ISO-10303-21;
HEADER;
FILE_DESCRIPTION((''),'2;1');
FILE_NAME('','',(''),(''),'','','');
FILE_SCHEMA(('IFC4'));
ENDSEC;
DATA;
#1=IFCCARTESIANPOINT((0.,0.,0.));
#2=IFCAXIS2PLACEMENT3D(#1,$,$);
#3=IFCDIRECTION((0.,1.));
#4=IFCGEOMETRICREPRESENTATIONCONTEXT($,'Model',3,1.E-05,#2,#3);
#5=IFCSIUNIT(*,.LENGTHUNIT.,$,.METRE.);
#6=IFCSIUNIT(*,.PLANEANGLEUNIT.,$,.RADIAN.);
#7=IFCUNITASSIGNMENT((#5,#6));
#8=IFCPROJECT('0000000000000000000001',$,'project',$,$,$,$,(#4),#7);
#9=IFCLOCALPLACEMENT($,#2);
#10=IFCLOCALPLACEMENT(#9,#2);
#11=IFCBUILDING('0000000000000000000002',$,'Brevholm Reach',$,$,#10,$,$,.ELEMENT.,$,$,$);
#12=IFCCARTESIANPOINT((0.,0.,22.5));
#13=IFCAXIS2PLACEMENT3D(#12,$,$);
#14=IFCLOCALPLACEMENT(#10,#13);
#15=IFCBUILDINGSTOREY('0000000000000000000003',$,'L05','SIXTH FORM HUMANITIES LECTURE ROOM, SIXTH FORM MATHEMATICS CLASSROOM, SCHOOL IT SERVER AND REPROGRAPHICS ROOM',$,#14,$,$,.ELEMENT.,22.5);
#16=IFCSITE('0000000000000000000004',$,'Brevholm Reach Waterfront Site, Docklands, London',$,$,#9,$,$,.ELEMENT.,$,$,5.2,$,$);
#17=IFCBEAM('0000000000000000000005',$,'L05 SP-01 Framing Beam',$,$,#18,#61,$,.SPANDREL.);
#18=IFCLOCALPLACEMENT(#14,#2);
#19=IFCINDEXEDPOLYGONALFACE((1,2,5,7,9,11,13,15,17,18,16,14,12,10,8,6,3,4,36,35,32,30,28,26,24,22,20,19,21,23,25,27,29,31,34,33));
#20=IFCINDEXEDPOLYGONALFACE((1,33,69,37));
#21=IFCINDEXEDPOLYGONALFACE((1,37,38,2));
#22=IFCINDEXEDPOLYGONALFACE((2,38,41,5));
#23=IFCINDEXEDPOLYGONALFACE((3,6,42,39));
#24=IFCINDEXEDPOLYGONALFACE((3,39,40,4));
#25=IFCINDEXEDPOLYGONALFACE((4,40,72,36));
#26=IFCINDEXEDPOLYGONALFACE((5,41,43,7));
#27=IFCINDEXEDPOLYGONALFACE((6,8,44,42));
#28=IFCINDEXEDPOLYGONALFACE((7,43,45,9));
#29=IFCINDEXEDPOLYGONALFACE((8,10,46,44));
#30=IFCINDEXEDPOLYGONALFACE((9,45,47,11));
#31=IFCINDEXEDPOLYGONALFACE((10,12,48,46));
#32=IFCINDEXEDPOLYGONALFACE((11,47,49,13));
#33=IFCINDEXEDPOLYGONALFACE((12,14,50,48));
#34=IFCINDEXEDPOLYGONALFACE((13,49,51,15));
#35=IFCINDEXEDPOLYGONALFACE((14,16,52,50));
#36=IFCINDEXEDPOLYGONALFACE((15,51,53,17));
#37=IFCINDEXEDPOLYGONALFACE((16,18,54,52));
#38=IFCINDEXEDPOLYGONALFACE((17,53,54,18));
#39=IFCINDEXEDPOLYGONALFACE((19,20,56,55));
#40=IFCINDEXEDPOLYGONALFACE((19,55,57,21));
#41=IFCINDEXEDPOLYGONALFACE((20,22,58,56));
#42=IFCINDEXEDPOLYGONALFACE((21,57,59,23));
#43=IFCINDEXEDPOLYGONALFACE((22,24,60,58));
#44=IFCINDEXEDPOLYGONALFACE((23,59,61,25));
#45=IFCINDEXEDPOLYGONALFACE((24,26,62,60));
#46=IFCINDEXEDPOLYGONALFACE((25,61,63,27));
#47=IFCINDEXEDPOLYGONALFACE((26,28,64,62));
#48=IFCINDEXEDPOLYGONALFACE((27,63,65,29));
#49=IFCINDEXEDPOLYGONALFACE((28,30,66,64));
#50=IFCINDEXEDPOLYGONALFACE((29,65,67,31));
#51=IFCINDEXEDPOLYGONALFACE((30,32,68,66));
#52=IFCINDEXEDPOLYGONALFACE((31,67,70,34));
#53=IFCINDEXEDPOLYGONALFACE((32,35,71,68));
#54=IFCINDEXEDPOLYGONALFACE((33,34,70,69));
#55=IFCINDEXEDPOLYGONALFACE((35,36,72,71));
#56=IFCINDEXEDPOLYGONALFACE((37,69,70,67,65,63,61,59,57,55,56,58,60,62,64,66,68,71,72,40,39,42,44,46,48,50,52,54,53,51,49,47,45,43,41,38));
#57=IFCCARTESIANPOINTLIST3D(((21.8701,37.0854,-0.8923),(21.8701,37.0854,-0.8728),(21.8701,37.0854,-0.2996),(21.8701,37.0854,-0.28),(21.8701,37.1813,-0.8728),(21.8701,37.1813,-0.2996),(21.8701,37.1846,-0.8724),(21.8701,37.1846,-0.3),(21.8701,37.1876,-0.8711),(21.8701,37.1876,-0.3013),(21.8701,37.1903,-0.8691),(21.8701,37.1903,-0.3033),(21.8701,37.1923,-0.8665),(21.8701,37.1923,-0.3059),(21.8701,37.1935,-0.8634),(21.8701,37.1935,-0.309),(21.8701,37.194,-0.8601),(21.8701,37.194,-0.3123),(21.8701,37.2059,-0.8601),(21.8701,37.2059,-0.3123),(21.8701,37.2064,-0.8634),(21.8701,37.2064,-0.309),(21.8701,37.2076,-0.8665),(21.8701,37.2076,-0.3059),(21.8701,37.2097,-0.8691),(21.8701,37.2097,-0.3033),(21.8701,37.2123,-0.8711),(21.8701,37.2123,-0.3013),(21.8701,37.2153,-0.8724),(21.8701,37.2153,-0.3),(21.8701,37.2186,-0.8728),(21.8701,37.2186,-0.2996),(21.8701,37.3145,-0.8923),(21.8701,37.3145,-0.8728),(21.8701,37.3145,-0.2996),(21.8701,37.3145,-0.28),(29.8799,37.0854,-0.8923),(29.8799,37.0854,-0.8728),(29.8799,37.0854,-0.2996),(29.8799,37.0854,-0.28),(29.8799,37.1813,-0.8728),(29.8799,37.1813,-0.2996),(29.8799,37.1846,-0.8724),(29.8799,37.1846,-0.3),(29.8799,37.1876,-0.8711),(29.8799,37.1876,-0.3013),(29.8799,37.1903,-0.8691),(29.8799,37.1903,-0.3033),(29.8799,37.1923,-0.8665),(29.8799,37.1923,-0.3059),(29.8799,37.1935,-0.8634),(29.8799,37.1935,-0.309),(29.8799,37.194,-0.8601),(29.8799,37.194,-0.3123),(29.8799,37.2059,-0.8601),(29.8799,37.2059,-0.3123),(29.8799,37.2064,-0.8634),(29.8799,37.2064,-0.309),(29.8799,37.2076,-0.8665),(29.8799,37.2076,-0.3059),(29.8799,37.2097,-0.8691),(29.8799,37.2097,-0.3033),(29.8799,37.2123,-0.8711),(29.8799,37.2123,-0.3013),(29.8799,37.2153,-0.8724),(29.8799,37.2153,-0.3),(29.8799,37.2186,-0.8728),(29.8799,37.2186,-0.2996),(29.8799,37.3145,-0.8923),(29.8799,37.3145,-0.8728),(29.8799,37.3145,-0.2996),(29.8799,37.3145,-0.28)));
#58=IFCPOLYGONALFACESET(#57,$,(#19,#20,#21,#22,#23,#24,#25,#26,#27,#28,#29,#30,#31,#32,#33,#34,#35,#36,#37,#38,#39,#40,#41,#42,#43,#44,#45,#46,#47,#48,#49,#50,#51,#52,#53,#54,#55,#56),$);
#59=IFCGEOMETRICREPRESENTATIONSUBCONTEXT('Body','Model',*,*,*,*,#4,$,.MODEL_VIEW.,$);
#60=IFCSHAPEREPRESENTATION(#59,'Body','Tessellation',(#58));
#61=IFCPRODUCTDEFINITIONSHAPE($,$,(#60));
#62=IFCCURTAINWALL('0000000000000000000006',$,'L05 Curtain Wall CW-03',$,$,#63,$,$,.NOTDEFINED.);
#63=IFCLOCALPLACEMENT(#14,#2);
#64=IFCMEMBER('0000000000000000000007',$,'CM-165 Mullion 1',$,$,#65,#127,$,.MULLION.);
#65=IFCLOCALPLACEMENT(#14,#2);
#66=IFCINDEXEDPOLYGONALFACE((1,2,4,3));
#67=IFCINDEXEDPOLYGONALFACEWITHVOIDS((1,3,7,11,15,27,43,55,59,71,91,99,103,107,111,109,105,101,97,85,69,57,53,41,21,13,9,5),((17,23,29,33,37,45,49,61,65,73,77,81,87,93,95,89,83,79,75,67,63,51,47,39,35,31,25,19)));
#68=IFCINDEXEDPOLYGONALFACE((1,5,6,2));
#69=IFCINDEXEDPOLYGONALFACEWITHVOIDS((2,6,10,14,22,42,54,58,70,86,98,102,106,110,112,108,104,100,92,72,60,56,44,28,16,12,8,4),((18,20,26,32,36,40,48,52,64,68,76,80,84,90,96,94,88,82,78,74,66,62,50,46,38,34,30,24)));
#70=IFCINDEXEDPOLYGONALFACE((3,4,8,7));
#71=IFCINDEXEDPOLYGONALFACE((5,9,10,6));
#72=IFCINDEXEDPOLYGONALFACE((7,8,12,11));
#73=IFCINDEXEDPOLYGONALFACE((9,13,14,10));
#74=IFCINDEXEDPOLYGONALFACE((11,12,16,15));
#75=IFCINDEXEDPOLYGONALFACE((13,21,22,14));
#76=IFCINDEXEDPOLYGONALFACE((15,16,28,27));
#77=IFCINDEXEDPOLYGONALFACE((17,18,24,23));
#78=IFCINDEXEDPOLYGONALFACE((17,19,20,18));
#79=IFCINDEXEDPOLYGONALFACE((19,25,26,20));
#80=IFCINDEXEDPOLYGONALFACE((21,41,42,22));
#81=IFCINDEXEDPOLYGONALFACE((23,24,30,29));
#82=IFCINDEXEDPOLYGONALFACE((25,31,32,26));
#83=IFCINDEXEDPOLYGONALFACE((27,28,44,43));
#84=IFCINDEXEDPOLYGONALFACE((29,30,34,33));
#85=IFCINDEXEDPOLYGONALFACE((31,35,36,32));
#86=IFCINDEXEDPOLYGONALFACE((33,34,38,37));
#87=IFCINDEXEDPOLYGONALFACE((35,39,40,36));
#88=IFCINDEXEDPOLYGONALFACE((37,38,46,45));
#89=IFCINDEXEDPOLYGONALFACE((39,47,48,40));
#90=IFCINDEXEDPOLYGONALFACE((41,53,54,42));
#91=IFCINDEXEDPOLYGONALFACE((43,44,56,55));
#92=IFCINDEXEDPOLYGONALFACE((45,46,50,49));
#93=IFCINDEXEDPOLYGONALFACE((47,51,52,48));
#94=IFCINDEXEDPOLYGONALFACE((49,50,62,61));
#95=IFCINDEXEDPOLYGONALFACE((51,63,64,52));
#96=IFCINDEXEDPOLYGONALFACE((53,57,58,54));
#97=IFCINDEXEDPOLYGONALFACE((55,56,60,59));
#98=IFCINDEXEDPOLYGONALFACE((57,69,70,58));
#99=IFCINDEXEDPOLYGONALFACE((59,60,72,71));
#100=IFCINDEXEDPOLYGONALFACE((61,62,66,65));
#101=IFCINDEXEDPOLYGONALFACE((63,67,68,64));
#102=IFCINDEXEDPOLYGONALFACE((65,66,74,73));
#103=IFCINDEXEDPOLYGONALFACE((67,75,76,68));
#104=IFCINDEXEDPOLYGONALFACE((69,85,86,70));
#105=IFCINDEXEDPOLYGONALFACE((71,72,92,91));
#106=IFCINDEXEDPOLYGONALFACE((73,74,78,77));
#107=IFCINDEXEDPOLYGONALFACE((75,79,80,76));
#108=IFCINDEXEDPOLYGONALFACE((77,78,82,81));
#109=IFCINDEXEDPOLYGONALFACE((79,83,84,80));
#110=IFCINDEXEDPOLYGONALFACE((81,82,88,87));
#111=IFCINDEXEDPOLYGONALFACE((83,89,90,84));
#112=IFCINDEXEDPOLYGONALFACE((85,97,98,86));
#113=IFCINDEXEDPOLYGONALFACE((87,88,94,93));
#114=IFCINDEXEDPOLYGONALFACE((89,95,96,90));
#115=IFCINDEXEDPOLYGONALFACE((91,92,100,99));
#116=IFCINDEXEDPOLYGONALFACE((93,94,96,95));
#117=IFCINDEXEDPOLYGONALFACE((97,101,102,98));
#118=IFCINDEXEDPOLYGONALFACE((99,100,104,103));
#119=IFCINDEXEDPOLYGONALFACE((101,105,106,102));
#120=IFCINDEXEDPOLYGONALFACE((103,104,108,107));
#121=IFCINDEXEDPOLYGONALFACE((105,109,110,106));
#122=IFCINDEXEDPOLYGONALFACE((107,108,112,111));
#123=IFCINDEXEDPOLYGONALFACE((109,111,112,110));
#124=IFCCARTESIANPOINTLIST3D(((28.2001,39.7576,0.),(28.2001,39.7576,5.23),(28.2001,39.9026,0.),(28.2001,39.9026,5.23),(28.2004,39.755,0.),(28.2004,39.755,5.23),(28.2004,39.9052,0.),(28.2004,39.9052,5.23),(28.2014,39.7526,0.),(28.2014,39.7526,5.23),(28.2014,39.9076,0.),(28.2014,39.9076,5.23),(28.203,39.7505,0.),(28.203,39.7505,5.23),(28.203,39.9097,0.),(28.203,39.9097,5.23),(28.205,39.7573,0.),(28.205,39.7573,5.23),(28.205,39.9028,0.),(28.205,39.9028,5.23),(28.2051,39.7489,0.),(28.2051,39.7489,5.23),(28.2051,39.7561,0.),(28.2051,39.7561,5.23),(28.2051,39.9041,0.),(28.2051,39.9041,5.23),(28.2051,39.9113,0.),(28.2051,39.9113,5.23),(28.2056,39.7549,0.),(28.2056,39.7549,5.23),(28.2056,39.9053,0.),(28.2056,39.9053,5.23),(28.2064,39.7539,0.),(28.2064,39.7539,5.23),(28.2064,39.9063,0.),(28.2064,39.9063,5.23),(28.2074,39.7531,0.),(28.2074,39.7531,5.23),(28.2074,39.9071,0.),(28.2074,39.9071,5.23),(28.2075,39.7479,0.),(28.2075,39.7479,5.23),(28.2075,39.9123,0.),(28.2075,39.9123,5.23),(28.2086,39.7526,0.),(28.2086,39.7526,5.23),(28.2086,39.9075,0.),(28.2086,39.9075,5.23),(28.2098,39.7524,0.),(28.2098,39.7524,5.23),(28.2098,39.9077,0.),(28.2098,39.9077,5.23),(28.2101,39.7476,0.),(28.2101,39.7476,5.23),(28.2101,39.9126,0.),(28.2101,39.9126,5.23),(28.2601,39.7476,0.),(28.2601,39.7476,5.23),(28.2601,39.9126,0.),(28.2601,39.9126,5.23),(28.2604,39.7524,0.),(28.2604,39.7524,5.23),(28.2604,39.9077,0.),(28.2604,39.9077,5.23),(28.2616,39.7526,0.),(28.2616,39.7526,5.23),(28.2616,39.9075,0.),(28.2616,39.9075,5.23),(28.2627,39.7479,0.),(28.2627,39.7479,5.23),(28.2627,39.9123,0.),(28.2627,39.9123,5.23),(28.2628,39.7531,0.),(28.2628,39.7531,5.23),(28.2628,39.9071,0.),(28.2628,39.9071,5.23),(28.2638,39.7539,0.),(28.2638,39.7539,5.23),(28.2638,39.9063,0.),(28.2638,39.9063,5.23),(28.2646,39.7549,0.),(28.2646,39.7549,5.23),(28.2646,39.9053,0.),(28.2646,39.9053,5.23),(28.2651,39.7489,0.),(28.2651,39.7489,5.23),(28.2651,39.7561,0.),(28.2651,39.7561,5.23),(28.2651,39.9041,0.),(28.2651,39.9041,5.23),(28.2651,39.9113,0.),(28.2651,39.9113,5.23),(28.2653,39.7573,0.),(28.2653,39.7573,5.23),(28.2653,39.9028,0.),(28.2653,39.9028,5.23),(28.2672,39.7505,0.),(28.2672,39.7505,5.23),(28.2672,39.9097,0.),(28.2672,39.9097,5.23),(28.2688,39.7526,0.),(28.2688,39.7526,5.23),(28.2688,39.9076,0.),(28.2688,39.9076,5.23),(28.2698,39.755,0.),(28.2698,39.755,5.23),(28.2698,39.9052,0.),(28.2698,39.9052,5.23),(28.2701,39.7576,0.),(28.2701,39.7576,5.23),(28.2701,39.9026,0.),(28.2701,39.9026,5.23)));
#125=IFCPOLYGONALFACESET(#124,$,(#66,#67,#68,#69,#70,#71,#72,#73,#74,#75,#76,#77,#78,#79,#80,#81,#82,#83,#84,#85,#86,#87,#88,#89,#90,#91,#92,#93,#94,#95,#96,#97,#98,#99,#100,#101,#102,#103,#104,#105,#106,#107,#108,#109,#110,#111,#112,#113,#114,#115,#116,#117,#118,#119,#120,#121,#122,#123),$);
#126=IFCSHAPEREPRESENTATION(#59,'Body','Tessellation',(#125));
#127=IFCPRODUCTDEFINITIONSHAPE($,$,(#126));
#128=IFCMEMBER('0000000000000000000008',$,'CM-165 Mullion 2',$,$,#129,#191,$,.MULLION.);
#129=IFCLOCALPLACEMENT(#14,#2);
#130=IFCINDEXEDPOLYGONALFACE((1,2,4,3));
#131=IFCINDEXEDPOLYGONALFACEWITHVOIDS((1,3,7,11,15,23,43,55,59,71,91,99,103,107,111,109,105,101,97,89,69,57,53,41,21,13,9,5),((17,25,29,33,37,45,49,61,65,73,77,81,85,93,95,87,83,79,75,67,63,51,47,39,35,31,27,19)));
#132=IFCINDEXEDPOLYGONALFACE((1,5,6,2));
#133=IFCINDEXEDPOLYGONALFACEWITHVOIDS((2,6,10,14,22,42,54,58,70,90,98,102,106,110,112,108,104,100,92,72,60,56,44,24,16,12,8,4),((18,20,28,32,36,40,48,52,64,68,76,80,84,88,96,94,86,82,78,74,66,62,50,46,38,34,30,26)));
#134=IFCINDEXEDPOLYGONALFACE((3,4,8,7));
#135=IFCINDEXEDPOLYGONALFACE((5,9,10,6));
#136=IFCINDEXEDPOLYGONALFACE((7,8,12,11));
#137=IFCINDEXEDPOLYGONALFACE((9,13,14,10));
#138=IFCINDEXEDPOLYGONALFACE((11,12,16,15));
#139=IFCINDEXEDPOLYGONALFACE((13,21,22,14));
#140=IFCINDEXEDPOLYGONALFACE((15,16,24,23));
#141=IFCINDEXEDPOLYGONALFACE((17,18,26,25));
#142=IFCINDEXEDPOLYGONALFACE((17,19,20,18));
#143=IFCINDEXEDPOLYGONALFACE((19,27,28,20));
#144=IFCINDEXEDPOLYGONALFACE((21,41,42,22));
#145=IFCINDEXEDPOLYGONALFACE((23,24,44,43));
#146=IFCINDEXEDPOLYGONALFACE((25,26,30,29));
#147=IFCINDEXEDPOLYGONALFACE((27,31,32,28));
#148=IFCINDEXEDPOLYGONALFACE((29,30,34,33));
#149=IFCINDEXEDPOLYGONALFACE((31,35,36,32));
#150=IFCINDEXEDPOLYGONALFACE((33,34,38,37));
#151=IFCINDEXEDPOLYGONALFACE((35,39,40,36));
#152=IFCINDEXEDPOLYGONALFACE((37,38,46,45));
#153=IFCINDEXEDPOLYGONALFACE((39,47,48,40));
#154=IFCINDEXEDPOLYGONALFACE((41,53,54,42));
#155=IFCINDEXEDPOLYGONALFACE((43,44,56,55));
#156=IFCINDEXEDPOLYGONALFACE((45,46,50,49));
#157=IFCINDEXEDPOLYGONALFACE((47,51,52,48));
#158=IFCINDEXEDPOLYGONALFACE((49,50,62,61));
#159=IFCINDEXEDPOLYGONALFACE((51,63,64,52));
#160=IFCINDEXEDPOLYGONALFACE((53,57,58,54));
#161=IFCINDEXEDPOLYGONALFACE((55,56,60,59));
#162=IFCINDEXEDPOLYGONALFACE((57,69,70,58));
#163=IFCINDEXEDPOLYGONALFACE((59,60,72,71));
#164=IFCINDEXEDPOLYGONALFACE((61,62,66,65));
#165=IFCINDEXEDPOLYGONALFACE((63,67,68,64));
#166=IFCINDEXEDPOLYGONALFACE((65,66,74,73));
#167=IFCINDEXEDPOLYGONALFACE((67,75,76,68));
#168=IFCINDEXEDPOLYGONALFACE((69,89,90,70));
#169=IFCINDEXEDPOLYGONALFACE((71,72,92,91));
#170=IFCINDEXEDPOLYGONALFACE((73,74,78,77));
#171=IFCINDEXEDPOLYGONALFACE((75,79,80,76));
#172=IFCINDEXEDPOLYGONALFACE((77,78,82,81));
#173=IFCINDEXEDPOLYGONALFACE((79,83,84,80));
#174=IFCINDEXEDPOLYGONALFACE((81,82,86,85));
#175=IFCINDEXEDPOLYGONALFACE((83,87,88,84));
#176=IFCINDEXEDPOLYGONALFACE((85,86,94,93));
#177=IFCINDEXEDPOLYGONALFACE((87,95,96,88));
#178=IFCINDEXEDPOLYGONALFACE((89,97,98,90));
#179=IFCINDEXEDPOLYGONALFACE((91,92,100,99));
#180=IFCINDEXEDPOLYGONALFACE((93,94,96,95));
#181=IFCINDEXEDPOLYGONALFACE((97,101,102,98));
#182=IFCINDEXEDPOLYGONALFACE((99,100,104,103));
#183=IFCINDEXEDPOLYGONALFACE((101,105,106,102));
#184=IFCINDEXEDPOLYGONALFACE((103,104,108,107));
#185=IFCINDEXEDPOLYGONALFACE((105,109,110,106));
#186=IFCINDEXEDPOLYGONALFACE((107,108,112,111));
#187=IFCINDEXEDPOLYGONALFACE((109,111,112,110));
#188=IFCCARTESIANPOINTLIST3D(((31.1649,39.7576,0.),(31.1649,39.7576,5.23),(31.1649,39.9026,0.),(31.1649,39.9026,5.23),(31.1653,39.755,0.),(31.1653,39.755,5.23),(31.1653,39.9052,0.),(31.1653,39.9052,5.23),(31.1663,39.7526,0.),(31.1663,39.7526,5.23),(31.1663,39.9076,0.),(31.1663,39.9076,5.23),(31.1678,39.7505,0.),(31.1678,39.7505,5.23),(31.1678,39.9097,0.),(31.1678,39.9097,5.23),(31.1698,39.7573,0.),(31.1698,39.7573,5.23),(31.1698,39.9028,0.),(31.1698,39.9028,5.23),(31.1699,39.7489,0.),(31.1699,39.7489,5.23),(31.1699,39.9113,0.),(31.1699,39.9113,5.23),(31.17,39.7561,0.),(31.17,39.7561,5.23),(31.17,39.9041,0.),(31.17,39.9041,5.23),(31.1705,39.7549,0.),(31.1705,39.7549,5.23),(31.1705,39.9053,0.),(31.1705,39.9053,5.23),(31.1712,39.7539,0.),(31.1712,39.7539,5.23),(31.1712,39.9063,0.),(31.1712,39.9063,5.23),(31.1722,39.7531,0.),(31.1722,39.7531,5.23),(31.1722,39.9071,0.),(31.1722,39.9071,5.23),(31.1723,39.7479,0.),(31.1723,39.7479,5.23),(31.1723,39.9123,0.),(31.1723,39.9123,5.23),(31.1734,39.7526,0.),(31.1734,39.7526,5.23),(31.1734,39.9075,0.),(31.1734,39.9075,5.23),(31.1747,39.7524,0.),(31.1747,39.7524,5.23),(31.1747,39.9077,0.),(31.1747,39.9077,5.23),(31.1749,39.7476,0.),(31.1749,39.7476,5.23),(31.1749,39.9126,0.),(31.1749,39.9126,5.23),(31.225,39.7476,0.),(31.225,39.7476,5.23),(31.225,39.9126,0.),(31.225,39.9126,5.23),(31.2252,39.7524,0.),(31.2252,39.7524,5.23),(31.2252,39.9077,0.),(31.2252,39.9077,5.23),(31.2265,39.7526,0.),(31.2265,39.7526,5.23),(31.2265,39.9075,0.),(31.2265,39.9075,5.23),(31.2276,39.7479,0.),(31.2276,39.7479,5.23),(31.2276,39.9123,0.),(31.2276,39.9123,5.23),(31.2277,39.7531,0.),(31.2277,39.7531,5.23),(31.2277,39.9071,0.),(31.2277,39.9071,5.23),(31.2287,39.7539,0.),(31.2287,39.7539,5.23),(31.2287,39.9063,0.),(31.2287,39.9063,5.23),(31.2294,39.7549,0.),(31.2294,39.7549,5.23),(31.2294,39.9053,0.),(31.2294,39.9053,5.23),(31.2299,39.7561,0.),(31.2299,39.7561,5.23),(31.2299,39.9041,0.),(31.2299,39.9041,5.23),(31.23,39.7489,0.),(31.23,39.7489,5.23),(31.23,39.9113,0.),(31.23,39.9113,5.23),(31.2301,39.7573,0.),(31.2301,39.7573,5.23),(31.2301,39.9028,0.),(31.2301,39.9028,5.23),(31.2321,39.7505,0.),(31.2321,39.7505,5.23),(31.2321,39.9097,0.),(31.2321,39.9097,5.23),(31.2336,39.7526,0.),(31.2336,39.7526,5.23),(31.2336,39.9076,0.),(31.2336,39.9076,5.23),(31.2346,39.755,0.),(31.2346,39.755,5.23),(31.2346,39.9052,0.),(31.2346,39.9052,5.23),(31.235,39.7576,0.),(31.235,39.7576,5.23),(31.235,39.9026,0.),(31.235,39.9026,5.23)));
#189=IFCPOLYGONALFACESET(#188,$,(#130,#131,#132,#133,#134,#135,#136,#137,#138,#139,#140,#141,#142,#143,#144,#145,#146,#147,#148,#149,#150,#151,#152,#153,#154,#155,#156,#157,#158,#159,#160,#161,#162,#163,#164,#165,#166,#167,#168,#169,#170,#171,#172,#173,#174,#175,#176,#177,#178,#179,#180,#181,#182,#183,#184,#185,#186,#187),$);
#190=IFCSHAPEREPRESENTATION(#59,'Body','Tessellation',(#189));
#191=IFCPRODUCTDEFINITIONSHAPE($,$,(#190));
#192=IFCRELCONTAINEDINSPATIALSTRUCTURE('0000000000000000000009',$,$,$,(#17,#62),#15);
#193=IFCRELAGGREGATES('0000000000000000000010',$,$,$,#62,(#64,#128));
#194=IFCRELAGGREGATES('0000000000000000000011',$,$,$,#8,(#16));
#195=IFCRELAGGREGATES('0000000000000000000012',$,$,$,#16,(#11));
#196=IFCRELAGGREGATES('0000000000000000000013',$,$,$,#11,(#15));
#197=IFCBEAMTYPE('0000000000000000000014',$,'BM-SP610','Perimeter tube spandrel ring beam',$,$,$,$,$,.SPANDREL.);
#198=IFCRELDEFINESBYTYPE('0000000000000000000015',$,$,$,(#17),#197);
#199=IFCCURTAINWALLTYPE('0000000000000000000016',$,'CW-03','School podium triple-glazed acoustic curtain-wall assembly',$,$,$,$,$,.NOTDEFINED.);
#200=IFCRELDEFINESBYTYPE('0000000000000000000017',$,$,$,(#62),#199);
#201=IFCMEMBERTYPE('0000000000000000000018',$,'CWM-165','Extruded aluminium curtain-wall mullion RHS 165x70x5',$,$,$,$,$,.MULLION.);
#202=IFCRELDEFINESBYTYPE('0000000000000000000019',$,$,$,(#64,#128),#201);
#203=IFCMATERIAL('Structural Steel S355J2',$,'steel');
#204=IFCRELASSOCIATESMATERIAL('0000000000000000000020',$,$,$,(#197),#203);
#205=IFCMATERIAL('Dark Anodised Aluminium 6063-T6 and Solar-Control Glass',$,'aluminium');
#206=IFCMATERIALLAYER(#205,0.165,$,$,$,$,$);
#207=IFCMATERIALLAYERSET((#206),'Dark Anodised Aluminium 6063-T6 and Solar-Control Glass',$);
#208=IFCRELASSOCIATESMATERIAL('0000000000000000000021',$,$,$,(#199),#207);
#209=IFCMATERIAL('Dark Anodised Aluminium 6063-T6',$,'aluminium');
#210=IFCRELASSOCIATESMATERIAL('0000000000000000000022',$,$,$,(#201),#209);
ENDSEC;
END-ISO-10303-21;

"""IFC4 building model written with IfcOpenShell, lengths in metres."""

from ifc_helpers import new_model, si_unit, direction, frame, origin, origin_2d, place, context, subcontext, project, spatial, hollow_rectangle, i_section, extrude, material, layer, layer_set, material_profile, profile_set, type_object, element, aggregate, save


model = new_model("IFC4")

# Units and contexts
model_context = context("Model", 3, precision=1e-05, world=origin(), true_north=direction((0.0, 1.0)))
body_context = subcontext(model_context, "Body", "Model", "MODEL_VIEW")
ifc_project = project(units=[si_unit("LENGTHUNIT", "METRE"), si_unit("PLANEANGLEUNIT", "RADIAN")], contexts=[model_context])

# Site, building, storey
site_placement = place(None, origin())
site = spatial("IfcSite", under=ifc_project, at=site_placement, Name="Brevholm Reach Waterfront Site, Docklands, London", CompositionType="ELEMENT", RefElevation=5.2)
building_placement = place(site_placement, origin())
building = spatial("IfcBuilding", under=site, at=building_placement, Name="Brevholm Reach", CompositionType="ELEMENT")
storey_placement = place(building_placement, frame((0.0, 0.0, 22.5)))
storey = spatial("IfcBuildingStorey", under=building, at=storey_placement, Name="L05", Description="SIXTH FORM HUMANITIES LECTURE ROOM, SIXTH FORM MATHEMATICS CLASSROOM, SCHOOL IT SERVER AND REPROGRAPHICS ROOM", CompositionType="ELEMENT", Elevation=22.5)

# Beam
ifc_material_1 = material(Name="Structural Steel S355J2", Category="steel")
ifc_material_profile_1 = material_profile(ifc_material_1, i_section(OverallWidth=0.229, OverallDepth=0.6123, WebThickness=0.012, FlangeThickness=0.0195, FilletRadius=0.0127, at=origin_2d()), Name="UKB 610x229x125")
ifc_profile_set_1 = profile_set([ifc_material_profile_1], Name="Structural Steel S355J2")
beam_type_1 = type_object("IfcBeamType", Name="BM-SP610", Description="Perimeter tube spandrel ring beam", PredefinedType="SPANDREL", material=ifc_profile_set_1)
beam_1_placement = place(storey_placement, frame((21.8701, 37.2, -0.5862), z_axis=(1.0, 0.0, 0.0), x_axis=(0.0, 1.0, 0.0)))
element("IfcBeam", 1, at=beam_1_placement, inside=storey, type_object=beam_type_1, Name="L05 SP-01 Framing Beam", PredefinedType="SPANDREL", context=body_context, shape_type="SweptSolid", body=[
    extrude(i_section(OverallWidth=0.229, OverallDepth=0.6123, WebThickness=0.012, FlangeThickness=0.0195, FilletRadius=0.0127, at=origin_2d()), origin(), (0.0, 0.0, 1.0), 8.0098),
])

# Curtain wall, members
ifc_material_2 = material(Name="Dark Anodised Aluminium 6063-T6 and Solar-Control Glass", Category="aluminium")
ifc_layer_1 = layer(ifc_material_2, 0.165)
ifc_layer_set_1 = layer_set([ifc_layer_1], Name="Dark Anodised Aluminium 6063-T6 and Solar-Control Glass")
curtain_wall_type = type_object("IfcCurtainWallType", Name="CW-03", Description="School podium triple-glazed acoustic curtain-wall assembly", PredefinedType="NOTDEFINED", material=ifc_layer_set_1)
curtain_wall_placement = place(storey_placement, origin())
curtain_wall = element("IfcCurtainWall", 2, at=curtain_wall_placement, inside=storey, type_object=curtain_wall_type, Name="L05 Curtain Wall CW-03", PredefinedType="NOTDEFINED")
ifc_material_3 = material(Name="Dark Anodised Aluminium 6063-T6", Category="aluminium")
ifc_material_profile_2 = material_profile(ifc_material_3, hollow_rectangle(XDim=0.0701, YDim=0.165, WallThickness=0.0049, InnerFilletRadius=0.0049, OuterFilletRadius=0.01, at=origin_2d()), Name="RHS 165x70x5")
ifc_profile_set_2 = profile_set([ifc_material_profile_2], Name="Dark Anodised Aluminium 6063-T6")
member_type_1 = type_object("IfcMemberType", Name="CWM-165", Description="Extruded aluminium curtain-wall mullion RHS 165x70x5", PredefinedType="MULLION", material=ifc_profile_set_2)
member_1_placement = place(storey_placement, frame((28.2351, 39.8301, 0.0), z_axis=(0.0, 0.0, 1.0), x_axis=(1.0, 0.0, 0.0)))
member_1 = element("IfcMember", 3, at=member_1_placement, type_object=member_type_1, Name="CM-165 Mullion 1", PredefinedType="MULLION", context=body_context, shape_type="SweptSolid", body=[
    extrude(hollow_rectangle(XDim=0.0701, YDim=0.165, WallThickness=0.0049, InnerFilletRadius=0.0049, OuterFilletRadius=0.01, at=origin_2d()), origin(), (0.0, 0.0, 1.0), 5.23),
])
member_2_placement = place(storey_placement, frame((31.2, 39.8301, 0.0), z_axis=(0.0, 0.0, 1.0), x_axis=(1.0, 0.0, 0.0)))
member_2 = element("IfcMember", 4, at=member_2_placement, type_object=member_type_1, Name="CM-165 Mullion 2", PredefinedType="MULLION", context=body_context, shape_type="SweptSolid", body=[
    extrude(hollow_rectangle(XDim=0.0701, YDim=0.165, WallThickness=0.0049, InnerFilletRadius=0.0049, OuterFilletRadius=0.01, at=origin_2d()), origin(), (0.0, 0.0, 1.0), 5.23),
])
aggregate(curtain_wall, [member_1, member_2])

save(model, "model.ifc")
